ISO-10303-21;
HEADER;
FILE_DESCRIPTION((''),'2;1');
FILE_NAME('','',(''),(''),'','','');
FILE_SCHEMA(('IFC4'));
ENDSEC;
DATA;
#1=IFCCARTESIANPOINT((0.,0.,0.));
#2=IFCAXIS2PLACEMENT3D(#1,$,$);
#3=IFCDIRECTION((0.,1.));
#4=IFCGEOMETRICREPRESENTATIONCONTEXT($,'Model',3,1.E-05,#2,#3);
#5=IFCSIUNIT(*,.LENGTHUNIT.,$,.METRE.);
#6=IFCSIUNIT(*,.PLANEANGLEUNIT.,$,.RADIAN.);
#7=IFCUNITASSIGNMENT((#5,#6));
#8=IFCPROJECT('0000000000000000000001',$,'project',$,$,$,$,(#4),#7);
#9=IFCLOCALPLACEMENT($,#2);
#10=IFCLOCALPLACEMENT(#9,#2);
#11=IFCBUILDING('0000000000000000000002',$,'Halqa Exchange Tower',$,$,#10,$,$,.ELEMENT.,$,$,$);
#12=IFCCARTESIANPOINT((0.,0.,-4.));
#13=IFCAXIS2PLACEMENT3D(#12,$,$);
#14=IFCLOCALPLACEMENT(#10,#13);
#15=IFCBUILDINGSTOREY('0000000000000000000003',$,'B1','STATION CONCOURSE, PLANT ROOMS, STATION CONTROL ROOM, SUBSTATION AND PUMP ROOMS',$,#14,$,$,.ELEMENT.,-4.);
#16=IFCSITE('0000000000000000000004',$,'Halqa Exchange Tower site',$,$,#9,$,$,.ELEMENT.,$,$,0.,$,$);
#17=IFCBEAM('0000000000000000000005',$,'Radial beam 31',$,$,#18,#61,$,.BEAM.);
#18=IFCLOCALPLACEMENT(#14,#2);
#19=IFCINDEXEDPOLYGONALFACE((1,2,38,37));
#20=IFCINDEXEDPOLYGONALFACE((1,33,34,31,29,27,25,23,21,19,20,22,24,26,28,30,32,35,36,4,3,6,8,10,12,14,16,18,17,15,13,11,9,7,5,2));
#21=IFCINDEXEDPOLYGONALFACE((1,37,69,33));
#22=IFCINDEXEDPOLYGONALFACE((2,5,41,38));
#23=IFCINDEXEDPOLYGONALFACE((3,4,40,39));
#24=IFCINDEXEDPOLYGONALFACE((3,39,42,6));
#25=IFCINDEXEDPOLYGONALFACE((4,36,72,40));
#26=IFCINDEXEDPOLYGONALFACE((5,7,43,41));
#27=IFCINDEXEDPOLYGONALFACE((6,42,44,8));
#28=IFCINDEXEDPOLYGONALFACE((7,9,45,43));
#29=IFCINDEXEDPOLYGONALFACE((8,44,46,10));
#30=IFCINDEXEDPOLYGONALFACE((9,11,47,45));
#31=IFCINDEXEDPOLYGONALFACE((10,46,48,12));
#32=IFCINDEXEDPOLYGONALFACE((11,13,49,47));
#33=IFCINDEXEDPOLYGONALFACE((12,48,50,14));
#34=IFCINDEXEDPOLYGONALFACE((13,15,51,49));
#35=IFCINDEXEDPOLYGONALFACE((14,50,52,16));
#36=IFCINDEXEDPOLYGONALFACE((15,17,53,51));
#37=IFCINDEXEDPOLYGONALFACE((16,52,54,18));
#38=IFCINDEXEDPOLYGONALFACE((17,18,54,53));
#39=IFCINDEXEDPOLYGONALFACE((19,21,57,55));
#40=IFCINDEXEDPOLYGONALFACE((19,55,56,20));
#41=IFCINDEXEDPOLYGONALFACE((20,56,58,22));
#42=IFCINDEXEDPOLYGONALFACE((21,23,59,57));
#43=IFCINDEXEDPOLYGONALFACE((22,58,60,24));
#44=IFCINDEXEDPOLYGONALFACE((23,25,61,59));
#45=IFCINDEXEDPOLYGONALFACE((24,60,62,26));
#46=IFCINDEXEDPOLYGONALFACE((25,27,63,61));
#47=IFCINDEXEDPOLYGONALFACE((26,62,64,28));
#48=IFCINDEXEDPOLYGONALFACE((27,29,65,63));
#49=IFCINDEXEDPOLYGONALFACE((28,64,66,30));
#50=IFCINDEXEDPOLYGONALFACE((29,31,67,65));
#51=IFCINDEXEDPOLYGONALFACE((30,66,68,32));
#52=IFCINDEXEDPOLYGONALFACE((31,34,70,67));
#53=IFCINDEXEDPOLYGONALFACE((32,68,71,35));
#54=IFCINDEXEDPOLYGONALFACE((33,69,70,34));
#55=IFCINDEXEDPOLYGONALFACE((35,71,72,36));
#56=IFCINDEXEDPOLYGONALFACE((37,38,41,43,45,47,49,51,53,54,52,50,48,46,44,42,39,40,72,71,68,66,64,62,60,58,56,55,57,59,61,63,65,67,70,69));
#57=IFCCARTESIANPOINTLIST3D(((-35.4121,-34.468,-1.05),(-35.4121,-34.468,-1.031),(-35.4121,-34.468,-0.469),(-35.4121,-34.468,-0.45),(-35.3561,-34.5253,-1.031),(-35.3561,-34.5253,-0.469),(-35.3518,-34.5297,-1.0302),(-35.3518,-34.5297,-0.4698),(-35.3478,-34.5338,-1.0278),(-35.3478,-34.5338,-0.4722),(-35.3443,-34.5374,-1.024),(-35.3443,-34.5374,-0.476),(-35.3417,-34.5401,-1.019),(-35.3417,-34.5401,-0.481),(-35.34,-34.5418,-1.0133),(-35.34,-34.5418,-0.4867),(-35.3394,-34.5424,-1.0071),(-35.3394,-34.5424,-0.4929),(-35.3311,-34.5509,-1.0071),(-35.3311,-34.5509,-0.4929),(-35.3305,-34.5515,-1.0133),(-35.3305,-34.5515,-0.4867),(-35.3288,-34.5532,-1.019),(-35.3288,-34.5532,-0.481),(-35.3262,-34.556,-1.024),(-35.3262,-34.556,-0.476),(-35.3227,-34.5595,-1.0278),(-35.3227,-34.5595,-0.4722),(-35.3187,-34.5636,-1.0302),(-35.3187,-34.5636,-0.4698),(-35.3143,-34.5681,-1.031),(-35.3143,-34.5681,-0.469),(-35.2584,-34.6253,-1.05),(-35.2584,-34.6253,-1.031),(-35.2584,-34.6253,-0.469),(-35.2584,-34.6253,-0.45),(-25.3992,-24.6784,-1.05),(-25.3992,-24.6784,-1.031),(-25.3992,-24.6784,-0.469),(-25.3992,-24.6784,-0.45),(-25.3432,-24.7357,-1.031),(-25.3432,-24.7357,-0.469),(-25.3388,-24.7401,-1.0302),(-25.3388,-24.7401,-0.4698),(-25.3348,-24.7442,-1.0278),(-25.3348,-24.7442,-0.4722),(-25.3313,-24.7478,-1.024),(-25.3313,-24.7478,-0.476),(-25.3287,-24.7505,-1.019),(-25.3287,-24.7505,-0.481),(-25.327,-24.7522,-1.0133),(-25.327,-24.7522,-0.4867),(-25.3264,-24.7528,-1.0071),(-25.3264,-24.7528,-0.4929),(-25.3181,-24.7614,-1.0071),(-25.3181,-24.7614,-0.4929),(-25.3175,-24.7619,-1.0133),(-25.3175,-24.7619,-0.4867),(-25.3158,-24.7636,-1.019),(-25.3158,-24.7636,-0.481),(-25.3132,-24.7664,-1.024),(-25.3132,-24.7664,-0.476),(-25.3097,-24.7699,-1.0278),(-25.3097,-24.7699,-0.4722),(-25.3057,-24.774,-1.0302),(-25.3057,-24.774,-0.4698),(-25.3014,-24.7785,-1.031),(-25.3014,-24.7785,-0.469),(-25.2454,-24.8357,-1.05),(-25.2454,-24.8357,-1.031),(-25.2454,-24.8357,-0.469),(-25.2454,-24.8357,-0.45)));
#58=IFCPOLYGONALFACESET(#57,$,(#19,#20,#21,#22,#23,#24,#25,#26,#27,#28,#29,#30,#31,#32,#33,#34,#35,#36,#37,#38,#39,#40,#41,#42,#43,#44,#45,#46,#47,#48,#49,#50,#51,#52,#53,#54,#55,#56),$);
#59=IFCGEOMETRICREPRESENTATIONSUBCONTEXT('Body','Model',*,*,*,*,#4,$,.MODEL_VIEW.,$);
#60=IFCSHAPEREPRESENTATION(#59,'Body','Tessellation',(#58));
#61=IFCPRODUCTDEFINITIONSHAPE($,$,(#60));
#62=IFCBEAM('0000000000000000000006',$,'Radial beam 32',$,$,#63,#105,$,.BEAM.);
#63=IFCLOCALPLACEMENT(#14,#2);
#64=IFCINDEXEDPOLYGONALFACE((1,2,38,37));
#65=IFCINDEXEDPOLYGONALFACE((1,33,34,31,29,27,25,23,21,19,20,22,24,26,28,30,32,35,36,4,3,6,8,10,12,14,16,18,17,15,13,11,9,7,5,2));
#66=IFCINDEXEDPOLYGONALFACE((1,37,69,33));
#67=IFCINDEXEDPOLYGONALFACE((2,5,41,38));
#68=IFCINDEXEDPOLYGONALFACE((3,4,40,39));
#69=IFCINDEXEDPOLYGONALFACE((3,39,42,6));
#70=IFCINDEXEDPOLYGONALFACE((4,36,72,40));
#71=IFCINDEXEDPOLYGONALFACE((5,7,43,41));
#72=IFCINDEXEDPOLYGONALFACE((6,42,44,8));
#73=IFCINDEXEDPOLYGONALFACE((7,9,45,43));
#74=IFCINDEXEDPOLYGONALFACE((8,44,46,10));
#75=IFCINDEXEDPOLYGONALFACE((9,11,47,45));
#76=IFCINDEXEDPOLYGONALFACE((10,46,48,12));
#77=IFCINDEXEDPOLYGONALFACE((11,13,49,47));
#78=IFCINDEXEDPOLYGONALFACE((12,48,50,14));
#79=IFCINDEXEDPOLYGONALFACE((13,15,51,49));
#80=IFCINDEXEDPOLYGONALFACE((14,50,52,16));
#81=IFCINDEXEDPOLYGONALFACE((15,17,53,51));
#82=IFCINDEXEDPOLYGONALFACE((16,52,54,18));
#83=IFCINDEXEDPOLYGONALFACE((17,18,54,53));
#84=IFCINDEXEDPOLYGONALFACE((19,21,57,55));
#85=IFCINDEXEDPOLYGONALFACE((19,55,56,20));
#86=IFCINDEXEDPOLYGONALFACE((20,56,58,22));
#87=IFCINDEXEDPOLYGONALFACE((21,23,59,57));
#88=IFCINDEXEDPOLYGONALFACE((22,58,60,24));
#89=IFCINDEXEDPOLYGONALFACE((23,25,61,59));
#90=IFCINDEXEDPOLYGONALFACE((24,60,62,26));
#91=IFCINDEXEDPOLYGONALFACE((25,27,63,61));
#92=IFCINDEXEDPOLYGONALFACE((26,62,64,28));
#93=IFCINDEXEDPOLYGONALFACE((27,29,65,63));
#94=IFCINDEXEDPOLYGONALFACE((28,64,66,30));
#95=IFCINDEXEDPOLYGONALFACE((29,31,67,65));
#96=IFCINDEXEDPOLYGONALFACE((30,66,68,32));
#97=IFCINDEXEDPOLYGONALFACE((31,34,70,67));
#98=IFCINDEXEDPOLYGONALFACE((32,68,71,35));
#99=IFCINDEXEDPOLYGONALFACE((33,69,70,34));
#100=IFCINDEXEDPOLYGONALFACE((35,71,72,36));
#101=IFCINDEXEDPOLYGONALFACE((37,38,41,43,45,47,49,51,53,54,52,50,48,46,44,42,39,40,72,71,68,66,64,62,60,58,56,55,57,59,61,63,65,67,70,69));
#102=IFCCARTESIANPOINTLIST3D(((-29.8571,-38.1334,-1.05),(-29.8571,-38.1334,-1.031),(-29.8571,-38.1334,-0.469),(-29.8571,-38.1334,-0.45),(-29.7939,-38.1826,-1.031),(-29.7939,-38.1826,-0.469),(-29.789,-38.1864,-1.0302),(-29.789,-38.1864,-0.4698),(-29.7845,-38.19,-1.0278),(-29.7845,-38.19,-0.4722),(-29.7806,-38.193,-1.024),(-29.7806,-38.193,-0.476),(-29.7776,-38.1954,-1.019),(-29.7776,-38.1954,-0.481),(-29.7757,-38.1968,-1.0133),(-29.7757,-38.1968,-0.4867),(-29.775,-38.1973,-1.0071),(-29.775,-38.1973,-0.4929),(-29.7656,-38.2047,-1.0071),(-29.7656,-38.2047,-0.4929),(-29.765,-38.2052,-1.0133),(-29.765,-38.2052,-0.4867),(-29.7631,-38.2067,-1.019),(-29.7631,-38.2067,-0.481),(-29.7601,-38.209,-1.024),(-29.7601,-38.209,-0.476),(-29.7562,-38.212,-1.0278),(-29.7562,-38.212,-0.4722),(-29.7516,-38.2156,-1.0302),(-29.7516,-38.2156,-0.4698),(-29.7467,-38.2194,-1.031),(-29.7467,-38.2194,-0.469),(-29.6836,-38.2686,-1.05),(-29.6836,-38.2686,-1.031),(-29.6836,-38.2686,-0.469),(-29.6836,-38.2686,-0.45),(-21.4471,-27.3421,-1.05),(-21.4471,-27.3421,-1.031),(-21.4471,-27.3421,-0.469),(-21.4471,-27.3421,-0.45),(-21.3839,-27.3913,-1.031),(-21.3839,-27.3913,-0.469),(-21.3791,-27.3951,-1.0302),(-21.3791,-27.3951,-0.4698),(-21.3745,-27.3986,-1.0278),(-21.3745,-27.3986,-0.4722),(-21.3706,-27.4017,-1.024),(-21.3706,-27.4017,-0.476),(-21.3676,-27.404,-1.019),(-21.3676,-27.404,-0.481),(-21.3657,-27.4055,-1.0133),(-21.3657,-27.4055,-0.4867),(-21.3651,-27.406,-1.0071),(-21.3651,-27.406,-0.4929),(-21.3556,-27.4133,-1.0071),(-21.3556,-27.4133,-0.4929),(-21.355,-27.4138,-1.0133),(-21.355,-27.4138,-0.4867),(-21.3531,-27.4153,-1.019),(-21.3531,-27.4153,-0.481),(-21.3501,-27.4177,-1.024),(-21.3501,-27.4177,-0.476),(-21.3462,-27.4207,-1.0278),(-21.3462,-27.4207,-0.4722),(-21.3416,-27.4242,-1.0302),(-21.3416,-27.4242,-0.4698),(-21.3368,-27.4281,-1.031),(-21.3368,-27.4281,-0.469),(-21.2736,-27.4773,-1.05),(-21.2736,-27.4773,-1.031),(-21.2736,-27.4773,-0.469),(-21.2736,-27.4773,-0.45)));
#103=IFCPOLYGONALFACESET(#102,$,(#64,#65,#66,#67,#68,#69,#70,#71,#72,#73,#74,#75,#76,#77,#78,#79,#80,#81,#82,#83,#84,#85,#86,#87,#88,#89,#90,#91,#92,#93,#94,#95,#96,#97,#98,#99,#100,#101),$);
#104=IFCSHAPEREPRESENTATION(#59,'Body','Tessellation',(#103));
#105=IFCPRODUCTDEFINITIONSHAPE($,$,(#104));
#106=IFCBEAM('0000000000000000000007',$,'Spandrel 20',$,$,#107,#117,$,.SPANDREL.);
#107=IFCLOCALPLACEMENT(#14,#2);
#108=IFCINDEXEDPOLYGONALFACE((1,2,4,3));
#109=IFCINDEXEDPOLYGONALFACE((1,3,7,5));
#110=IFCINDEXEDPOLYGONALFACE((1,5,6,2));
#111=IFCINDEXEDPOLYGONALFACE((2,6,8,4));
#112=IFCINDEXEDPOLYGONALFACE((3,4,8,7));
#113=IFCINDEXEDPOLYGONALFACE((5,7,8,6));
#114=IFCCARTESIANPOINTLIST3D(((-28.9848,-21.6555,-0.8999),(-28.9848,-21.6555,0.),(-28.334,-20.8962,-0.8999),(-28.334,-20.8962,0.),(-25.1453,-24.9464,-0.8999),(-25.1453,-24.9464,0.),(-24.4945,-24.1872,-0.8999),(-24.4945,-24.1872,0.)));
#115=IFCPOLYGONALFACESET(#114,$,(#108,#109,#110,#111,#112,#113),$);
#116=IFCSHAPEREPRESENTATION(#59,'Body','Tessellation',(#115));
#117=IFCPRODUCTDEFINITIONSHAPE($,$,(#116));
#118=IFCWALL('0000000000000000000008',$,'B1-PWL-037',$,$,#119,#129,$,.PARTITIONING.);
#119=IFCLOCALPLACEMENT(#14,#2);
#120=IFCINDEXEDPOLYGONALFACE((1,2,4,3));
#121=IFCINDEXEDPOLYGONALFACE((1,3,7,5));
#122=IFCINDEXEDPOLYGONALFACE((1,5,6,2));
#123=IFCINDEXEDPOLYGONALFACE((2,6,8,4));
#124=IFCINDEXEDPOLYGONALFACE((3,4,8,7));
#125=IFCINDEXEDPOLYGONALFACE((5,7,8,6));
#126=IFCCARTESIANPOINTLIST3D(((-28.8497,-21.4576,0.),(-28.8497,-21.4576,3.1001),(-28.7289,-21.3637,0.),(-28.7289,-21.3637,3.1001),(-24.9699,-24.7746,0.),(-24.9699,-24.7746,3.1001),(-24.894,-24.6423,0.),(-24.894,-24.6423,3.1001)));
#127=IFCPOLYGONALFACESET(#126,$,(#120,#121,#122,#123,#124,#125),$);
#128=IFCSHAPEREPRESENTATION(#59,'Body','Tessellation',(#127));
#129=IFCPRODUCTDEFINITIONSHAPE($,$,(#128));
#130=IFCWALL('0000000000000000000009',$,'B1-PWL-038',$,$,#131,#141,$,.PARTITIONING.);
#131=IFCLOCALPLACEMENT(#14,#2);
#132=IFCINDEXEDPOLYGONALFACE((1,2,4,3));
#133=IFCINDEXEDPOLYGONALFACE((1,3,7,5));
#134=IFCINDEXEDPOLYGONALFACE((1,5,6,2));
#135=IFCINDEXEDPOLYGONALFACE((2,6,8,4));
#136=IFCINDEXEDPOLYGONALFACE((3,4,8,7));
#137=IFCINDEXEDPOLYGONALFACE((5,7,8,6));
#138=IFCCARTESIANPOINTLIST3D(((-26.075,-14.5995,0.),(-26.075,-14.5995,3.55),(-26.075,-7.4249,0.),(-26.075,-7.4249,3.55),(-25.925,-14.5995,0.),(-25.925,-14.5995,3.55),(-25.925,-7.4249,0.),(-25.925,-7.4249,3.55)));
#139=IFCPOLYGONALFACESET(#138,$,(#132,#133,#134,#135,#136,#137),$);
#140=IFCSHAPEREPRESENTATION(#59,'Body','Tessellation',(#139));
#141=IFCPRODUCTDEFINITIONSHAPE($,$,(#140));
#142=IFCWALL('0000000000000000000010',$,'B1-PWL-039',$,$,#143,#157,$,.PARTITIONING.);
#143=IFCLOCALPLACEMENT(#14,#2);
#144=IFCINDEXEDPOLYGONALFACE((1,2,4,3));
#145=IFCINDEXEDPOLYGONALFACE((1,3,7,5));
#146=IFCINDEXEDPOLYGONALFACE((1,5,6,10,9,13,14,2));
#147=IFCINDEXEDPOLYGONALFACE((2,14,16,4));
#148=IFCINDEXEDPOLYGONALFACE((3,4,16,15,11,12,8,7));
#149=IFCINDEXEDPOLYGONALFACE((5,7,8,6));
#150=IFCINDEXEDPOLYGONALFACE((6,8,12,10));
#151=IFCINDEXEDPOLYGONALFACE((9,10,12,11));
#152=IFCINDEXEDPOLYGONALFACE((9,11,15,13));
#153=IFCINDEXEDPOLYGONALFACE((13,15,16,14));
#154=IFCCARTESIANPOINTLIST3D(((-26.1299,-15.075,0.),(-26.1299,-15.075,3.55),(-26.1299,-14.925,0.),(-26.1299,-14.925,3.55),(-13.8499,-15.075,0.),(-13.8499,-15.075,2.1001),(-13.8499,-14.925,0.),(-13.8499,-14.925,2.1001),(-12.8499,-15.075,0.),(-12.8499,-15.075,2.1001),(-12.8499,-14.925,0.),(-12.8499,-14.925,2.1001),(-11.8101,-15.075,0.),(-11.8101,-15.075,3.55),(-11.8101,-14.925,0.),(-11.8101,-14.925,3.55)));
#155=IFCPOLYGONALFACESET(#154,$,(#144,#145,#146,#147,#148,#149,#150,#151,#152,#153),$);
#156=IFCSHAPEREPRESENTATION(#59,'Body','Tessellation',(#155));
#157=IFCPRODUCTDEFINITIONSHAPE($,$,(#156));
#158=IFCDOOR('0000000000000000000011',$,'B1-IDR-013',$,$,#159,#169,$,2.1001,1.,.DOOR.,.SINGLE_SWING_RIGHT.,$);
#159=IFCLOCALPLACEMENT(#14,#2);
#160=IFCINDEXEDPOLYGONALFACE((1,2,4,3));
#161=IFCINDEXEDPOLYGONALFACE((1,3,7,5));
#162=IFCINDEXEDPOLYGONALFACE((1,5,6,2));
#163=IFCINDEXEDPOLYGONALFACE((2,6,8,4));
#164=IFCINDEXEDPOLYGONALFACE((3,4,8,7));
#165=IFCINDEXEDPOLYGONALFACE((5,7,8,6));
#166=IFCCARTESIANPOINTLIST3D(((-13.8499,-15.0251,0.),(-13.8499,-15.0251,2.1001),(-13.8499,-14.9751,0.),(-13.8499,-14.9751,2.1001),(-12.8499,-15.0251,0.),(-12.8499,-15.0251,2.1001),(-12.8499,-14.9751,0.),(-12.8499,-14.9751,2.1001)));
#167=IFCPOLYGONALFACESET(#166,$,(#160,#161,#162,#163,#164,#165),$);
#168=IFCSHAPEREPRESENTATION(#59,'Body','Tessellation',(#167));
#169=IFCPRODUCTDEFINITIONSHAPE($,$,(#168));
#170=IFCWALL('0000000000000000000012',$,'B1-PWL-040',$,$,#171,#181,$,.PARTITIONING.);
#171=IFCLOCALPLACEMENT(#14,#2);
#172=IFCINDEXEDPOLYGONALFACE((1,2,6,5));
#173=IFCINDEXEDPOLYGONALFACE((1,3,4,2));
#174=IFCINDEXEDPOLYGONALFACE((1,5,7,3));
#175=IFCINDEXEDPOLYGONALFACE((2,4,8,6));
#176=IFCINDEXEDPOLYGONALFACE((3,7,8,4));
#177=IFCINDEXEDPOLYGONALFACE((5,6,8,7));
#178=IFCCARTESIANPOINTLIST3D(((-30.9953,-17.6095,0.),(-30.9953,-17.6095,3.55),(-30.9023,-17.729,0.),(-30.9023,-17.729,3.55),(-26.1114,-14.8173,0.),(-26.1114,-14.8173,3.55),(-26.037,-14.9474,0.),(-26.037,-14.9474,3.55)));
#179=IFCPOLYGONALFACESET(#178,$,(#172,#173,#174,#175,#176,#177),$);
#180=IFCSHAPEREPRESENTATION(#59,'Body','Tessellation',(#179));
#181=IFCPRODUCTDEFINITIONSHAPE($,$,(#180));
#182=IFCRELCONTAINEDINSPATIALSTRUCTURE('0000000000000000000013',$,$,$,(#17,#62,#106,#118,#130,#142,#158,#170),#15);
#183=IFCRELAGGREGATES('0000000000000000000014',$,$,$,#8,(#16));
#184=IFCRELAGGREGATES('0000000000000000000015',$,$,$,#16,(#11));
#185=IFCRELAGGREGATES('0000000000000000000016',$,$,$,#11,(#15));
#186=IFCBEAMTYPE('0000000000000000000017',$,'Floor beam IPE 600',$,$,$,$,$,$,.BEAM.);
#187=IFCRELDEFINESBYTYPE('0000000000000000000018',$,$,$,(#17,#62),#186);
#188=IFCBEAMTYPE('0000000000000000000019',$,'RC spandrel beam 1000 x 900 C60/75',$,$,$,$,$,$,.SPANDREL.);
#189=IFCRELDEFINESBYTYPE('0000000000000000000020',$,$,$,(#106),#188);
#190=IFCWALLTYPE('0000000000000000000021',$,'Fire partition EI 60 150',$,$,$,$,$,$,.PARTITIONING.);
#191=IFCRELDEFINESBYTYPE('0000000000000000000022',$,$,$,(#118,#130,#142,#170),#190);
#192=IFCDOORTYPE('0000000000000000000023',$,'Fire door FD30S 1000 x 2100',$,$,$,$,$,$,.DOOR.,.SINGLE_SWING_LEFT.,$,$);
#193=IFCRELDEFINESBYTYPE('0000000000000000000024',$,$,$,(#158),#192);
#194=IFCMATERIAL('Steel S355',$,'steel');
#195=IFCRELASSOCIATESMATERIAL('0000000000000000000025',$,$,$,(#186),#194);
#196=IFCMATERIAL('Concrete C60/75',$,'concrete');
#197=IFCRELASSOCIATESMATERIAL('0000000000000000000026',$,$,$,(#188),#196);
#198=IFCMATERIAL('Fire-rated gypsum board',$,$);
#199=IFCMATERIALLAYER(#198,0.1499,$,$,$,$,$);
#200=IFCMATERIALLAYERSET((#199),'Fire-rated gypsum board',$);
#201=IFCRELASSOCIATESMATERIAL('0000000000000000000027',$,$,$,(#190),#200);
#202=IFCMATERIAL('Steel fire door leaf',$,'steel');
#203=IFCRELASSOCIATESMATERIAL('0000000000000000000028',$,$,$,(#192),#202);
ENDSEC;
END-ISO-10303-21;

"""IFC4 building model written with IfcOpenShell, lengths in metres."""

from ifc_helpers import new_model, si_unit, direction, frame, frame_2d, origin, origin_2d, place, context, subcontext, project, spatial, polyline, rectangle, i_section, outline, extrude, material, layer, layer_set, material_profile, profile_set, type_object, element, fill, save


model = new_model("IFC4")

# Units and contexts
model_context = context("Model", 3, precision=1e-05, world=origin(), true_north=direction((0.0, 1.0)))
body_context = subcontext(model_context, "Body", "Model", "MODEL_VIEW")
ifc_project = project(units=[si_unit("LENGTHUNIT", "METRE"), si_unit("PLANEANGLEUNIT", "RADIAN")], contexts=[model_context])

# Site, building, storey
site_placement = place(None, origin())
site = spatial("IfcSite", under=ifc_project, at=site_placement, Name="Halqa Exchange Tower site", CompositionType="ELEMENT", RefElevation=0.0)
building_placement = place(site_placement, origin())
building = spatial("IfcBuilding", under=site, at=building_placement, Name="Halqa Exchange Tower", CompositionType="ELEMENT")
storey_placement = place(building_placement, frame((0.0, 0.0, -4.0)))
storey = spatial("IfcBuildingStorey", under=building, at=storey_placement, Name="B1", Description="STATION CONCOURSE, PLANT ROOMS, STATION CONTROL ROOM, SUBSTATION AND PUMP ROOMS", CompositionType="ELEMENT", Elevation=-4.0)

# Beams
ifc_material_1 = material(Name="Steel S355", Category="steel")
ifc_material_profile_1 = material_profile(ifc_material_1, i_section(OverallWidth=0.22, OverallDepth=0.6001, WebThickness=0.012, FlangeThickness=0.019, FilletRadius=0.0239, at=origin_2d()), Name="IPE 600")
ifc_profile_set_1 = profile_set([ifc_material_profile_1], Name="Steel S355")
beam_type_1 = type_object("IfcBeamType", Name="Floor beam IPE 600", PredefinedType="BEAM", material=ifc_profile_set_1)
beam_1_placement = place(storey_placement, frame((-25.3223, -24.7571, -0.75), z_axis=(-0.715038, -0.699086, 0.0), x_axis=(0.699086, -0.715038, 0.0)))
element("IfcBeam", 1, at=beam_1_placement, inside=storey, type_object=beam_type_1, Name="Radial beam 31", PredefinedType="BEAM", context=body_context, shape_type="SweptSolid", body=[
    extrude(i_section(OverallWidth=0.22, OverallDepth=0.6001, WebThickness=0.012, FlangeThickness=0.019, FilletRadius=0.0239, at=origin_2d()), origin(), (0.0, 0.0, 1.0), 14.0034),
])
beam_2_placement = place(storey_placement, frame((-21.3604, -27.4097, -0.75), z_axis=(-0.614701, -0.78876, 0.0), x_axis=(0.78876, -0.614701, 0.0)))
element("IfcBeam", 2, at=beam_2_placement, inside=storey, type_object=beam_type_1, Name="Radial beam 32", PredefinedType="BEAM", context=body_context, shape_type="SweptSolid", body=[
    extrude(i_section(OverallWidth=0.22, OverallDepth=0.6001, WebThickness=0.012, FlangeThickness=0.019, FilletRadius=0.0239, at=origin_2d()), origin(), (0.0, 0.0, 1.0), 13.6814),
])
ifc_material_2 = material(Name="Concrete C60/75", Category="concrete")
ifc_material_profile_2 = material_profile(ifc_material_2, rectangle(XDim=1.0, YDim=0.8999, at=origin_2d()), Name="1000 x 900")
ifc_profile_set_2 = profile_set([ifc_material_profile_2], Name="Concrete C60/75")
beam_type_2 = type_object("IfcBeamType", Name="RC spandrel beam 1000 x 900 C60/75", PredefinedType="SPANDREL", material=ifc_profile_set_2)
beam_3_placement = place(storey_placement, frame((-28.6594, -21.2759, -0.45), z_axis=(0.759263, -0.650783, 0.0), x_axis=(0.650783, 0.759263, 0.0)))
element("IfcBeam", 3, at=beam_3_placement, inside=storey, type_object=beam_type_2, Name="Spandrel 20", PredefinedType="SPANDREL", context=body_context, shape_type="SweptSolid", body=[
    extrude(rectangle(XDim=1.0, YDim=0.8999, at=origin_2d()), origin(), (0.0, 0.0, 1.0), 5.0569),
])

# Walls
ifc_material_3 = material(Name="Fire-rated gypsum board")
ifc_layer_1 = layer(ifc_material_3, 0.1499)
ifc_layer_set_1 = layer_set([ifc_layer_1], Name="Fire-rated gypsum board")
wall_type_1 = type_object("IfcWallType", Name="Fire partition EI 60 150", PredefinedType="PARTITIONING", material=ifc_layer_set_1)
wall_1_placement = place(storey_placement, frame((-28.7893, -21.4106, 0.0), z_axis=(0.0, 0.0, 1.0), x_axis=(0.760085, -0.649824, 0.0)))
element("IfcWall", 4, at=wall_1_placement, inside=storey, type_object=wall_type_1, Name="B1-PWL-037", PredefinedType="PARTITIONING", context=body_context, shape_type="SweptSolid", body=[
    extrude(outline(polyline([(-0.0154, -0.075), (5.0891, -0.075), (5.0608, 0.075), (0.0154, 0.075), (-0.0154, -0.075)])), origin(), (0.0, 0.0, 1.0), 3.1001),
])
wall_2_placement = place(storey_placement, frame((-26.0, -14.5996, 0.0), z_axis=(0.0, 0.0, 1.0), x_axis=(0.0, 1.0, 0.0)))
element("IfcWall", 5, at=wall_2_placement, inside=storey, type_object=wall_type_1, Name="B1-PWL-038", PredefinedType="PARTITIONING", context=body_context, shape_type="SweptSolid", body=[
    extrude(rectangle(XDim=7.1746, YDim=0.1499, at=frame_2d((3.5874, 0.0))), origin(), (0.0, 0.0, 1.0), 3.55),
])

# Wall, opening, door
wall_3_placement = place(storey_placement, frame((-26.1299, -15.0, 0.0), z_axis=(0.0, 0.0, 1.0), x_axis=(1.0, 0.0, 0.0)))
wall_3 = element("IfcWall", 6, at=wall_3_placement, inside=storey, type_object=wall_type_1, Name="B1-PWL-039", PredefinedType="PARTITIONING", context=body_context, shape_type="SweptSolid", body=[
    extrude(rectangle(XDim=14.3198, YDim=0.1499, at=frame_2d((7.1599, 0.0))), origin(), (0.0, 0.0, 1.0), 3.55),
])
opening_1_placement = place(wall_3_placement, frame((12.28, 0.0, 0.0)))
opening_1 = element("IfcOpeningElement", 7, at=opening_1_placement, cuts=wall_3, PredefinedType="OPENING", context=body_context, shape_type="SweptSolid", body=[
    extrude(rectangle(XDim=1.0, YDim=2.1001, at=frame_2d((0.5, 1.05))), frame((0.0, 0.0869, 0.0), z_axis=(0.0, -1.0, 0.0), x_axis=(1.0, 0.0, 0.0)), (0.0, 0.0, 1.0), 0.1738),
])
ifc_material_4 = material(Name="Steel fire door leaf", Category="steel")
door_type_1 = type_object("IfcDoorType", Name="Fire door FD30S 1000 x 2100", OperationType="SINGLE_SWING_LEFT", PredefinedType="DOOR", material=ifc_material_4)
door_1_placement = place(opening_1_placement, origin())
door_1 = element("IfcDoor", 8, at=door_1_placement, inside=storey, type_object=door_type_1, Name="B1-IDR-013", OperationType="SINGLE_SWING_RIGHT", OverallHeight=2.1001, OverallWidth=1.0, PredefinedType="DOOR", context=body_context, shape_type="SweptSolid", body=[
    extrude(rectangle(XDim=1.0, YDim=2.1001, at=frame_2d((0.5, 1.05))), frame((0.0, 0.0249, 0.0), z_axis=(0.0, -1.0, 0.0), x_axis=(1.0, 0.0, 0.0)), (0.0, 0.0, 1.0), 0.05),
])
fill(opening_1, door_1)

# Wall
wall_4_placement = place(storey_placement, frame((-26.0742, -14.8823, 0.0), z_axis=(0.0, 0.0, 1.0), x_axis=(-0.868133, -0.496331, 0.0)))
element("IfcWall", 9, at=wall_4_placement, inside=storey, type_object=wall_type_1, Name="B1-PWL-040", PredefinedType="PARTITIONING", context=body_context, shape_type="SweptSolid", body=[
    extrude(outline(polyline([(0.0, -0.075), (5.6257, -0.075), (5.6042, 0.075), (0.0, 0.075), (0.0, -0.075)])), origin(), (0.0, 0.0, 1.0), 3.55),
])

save(model, "model.ifc")
